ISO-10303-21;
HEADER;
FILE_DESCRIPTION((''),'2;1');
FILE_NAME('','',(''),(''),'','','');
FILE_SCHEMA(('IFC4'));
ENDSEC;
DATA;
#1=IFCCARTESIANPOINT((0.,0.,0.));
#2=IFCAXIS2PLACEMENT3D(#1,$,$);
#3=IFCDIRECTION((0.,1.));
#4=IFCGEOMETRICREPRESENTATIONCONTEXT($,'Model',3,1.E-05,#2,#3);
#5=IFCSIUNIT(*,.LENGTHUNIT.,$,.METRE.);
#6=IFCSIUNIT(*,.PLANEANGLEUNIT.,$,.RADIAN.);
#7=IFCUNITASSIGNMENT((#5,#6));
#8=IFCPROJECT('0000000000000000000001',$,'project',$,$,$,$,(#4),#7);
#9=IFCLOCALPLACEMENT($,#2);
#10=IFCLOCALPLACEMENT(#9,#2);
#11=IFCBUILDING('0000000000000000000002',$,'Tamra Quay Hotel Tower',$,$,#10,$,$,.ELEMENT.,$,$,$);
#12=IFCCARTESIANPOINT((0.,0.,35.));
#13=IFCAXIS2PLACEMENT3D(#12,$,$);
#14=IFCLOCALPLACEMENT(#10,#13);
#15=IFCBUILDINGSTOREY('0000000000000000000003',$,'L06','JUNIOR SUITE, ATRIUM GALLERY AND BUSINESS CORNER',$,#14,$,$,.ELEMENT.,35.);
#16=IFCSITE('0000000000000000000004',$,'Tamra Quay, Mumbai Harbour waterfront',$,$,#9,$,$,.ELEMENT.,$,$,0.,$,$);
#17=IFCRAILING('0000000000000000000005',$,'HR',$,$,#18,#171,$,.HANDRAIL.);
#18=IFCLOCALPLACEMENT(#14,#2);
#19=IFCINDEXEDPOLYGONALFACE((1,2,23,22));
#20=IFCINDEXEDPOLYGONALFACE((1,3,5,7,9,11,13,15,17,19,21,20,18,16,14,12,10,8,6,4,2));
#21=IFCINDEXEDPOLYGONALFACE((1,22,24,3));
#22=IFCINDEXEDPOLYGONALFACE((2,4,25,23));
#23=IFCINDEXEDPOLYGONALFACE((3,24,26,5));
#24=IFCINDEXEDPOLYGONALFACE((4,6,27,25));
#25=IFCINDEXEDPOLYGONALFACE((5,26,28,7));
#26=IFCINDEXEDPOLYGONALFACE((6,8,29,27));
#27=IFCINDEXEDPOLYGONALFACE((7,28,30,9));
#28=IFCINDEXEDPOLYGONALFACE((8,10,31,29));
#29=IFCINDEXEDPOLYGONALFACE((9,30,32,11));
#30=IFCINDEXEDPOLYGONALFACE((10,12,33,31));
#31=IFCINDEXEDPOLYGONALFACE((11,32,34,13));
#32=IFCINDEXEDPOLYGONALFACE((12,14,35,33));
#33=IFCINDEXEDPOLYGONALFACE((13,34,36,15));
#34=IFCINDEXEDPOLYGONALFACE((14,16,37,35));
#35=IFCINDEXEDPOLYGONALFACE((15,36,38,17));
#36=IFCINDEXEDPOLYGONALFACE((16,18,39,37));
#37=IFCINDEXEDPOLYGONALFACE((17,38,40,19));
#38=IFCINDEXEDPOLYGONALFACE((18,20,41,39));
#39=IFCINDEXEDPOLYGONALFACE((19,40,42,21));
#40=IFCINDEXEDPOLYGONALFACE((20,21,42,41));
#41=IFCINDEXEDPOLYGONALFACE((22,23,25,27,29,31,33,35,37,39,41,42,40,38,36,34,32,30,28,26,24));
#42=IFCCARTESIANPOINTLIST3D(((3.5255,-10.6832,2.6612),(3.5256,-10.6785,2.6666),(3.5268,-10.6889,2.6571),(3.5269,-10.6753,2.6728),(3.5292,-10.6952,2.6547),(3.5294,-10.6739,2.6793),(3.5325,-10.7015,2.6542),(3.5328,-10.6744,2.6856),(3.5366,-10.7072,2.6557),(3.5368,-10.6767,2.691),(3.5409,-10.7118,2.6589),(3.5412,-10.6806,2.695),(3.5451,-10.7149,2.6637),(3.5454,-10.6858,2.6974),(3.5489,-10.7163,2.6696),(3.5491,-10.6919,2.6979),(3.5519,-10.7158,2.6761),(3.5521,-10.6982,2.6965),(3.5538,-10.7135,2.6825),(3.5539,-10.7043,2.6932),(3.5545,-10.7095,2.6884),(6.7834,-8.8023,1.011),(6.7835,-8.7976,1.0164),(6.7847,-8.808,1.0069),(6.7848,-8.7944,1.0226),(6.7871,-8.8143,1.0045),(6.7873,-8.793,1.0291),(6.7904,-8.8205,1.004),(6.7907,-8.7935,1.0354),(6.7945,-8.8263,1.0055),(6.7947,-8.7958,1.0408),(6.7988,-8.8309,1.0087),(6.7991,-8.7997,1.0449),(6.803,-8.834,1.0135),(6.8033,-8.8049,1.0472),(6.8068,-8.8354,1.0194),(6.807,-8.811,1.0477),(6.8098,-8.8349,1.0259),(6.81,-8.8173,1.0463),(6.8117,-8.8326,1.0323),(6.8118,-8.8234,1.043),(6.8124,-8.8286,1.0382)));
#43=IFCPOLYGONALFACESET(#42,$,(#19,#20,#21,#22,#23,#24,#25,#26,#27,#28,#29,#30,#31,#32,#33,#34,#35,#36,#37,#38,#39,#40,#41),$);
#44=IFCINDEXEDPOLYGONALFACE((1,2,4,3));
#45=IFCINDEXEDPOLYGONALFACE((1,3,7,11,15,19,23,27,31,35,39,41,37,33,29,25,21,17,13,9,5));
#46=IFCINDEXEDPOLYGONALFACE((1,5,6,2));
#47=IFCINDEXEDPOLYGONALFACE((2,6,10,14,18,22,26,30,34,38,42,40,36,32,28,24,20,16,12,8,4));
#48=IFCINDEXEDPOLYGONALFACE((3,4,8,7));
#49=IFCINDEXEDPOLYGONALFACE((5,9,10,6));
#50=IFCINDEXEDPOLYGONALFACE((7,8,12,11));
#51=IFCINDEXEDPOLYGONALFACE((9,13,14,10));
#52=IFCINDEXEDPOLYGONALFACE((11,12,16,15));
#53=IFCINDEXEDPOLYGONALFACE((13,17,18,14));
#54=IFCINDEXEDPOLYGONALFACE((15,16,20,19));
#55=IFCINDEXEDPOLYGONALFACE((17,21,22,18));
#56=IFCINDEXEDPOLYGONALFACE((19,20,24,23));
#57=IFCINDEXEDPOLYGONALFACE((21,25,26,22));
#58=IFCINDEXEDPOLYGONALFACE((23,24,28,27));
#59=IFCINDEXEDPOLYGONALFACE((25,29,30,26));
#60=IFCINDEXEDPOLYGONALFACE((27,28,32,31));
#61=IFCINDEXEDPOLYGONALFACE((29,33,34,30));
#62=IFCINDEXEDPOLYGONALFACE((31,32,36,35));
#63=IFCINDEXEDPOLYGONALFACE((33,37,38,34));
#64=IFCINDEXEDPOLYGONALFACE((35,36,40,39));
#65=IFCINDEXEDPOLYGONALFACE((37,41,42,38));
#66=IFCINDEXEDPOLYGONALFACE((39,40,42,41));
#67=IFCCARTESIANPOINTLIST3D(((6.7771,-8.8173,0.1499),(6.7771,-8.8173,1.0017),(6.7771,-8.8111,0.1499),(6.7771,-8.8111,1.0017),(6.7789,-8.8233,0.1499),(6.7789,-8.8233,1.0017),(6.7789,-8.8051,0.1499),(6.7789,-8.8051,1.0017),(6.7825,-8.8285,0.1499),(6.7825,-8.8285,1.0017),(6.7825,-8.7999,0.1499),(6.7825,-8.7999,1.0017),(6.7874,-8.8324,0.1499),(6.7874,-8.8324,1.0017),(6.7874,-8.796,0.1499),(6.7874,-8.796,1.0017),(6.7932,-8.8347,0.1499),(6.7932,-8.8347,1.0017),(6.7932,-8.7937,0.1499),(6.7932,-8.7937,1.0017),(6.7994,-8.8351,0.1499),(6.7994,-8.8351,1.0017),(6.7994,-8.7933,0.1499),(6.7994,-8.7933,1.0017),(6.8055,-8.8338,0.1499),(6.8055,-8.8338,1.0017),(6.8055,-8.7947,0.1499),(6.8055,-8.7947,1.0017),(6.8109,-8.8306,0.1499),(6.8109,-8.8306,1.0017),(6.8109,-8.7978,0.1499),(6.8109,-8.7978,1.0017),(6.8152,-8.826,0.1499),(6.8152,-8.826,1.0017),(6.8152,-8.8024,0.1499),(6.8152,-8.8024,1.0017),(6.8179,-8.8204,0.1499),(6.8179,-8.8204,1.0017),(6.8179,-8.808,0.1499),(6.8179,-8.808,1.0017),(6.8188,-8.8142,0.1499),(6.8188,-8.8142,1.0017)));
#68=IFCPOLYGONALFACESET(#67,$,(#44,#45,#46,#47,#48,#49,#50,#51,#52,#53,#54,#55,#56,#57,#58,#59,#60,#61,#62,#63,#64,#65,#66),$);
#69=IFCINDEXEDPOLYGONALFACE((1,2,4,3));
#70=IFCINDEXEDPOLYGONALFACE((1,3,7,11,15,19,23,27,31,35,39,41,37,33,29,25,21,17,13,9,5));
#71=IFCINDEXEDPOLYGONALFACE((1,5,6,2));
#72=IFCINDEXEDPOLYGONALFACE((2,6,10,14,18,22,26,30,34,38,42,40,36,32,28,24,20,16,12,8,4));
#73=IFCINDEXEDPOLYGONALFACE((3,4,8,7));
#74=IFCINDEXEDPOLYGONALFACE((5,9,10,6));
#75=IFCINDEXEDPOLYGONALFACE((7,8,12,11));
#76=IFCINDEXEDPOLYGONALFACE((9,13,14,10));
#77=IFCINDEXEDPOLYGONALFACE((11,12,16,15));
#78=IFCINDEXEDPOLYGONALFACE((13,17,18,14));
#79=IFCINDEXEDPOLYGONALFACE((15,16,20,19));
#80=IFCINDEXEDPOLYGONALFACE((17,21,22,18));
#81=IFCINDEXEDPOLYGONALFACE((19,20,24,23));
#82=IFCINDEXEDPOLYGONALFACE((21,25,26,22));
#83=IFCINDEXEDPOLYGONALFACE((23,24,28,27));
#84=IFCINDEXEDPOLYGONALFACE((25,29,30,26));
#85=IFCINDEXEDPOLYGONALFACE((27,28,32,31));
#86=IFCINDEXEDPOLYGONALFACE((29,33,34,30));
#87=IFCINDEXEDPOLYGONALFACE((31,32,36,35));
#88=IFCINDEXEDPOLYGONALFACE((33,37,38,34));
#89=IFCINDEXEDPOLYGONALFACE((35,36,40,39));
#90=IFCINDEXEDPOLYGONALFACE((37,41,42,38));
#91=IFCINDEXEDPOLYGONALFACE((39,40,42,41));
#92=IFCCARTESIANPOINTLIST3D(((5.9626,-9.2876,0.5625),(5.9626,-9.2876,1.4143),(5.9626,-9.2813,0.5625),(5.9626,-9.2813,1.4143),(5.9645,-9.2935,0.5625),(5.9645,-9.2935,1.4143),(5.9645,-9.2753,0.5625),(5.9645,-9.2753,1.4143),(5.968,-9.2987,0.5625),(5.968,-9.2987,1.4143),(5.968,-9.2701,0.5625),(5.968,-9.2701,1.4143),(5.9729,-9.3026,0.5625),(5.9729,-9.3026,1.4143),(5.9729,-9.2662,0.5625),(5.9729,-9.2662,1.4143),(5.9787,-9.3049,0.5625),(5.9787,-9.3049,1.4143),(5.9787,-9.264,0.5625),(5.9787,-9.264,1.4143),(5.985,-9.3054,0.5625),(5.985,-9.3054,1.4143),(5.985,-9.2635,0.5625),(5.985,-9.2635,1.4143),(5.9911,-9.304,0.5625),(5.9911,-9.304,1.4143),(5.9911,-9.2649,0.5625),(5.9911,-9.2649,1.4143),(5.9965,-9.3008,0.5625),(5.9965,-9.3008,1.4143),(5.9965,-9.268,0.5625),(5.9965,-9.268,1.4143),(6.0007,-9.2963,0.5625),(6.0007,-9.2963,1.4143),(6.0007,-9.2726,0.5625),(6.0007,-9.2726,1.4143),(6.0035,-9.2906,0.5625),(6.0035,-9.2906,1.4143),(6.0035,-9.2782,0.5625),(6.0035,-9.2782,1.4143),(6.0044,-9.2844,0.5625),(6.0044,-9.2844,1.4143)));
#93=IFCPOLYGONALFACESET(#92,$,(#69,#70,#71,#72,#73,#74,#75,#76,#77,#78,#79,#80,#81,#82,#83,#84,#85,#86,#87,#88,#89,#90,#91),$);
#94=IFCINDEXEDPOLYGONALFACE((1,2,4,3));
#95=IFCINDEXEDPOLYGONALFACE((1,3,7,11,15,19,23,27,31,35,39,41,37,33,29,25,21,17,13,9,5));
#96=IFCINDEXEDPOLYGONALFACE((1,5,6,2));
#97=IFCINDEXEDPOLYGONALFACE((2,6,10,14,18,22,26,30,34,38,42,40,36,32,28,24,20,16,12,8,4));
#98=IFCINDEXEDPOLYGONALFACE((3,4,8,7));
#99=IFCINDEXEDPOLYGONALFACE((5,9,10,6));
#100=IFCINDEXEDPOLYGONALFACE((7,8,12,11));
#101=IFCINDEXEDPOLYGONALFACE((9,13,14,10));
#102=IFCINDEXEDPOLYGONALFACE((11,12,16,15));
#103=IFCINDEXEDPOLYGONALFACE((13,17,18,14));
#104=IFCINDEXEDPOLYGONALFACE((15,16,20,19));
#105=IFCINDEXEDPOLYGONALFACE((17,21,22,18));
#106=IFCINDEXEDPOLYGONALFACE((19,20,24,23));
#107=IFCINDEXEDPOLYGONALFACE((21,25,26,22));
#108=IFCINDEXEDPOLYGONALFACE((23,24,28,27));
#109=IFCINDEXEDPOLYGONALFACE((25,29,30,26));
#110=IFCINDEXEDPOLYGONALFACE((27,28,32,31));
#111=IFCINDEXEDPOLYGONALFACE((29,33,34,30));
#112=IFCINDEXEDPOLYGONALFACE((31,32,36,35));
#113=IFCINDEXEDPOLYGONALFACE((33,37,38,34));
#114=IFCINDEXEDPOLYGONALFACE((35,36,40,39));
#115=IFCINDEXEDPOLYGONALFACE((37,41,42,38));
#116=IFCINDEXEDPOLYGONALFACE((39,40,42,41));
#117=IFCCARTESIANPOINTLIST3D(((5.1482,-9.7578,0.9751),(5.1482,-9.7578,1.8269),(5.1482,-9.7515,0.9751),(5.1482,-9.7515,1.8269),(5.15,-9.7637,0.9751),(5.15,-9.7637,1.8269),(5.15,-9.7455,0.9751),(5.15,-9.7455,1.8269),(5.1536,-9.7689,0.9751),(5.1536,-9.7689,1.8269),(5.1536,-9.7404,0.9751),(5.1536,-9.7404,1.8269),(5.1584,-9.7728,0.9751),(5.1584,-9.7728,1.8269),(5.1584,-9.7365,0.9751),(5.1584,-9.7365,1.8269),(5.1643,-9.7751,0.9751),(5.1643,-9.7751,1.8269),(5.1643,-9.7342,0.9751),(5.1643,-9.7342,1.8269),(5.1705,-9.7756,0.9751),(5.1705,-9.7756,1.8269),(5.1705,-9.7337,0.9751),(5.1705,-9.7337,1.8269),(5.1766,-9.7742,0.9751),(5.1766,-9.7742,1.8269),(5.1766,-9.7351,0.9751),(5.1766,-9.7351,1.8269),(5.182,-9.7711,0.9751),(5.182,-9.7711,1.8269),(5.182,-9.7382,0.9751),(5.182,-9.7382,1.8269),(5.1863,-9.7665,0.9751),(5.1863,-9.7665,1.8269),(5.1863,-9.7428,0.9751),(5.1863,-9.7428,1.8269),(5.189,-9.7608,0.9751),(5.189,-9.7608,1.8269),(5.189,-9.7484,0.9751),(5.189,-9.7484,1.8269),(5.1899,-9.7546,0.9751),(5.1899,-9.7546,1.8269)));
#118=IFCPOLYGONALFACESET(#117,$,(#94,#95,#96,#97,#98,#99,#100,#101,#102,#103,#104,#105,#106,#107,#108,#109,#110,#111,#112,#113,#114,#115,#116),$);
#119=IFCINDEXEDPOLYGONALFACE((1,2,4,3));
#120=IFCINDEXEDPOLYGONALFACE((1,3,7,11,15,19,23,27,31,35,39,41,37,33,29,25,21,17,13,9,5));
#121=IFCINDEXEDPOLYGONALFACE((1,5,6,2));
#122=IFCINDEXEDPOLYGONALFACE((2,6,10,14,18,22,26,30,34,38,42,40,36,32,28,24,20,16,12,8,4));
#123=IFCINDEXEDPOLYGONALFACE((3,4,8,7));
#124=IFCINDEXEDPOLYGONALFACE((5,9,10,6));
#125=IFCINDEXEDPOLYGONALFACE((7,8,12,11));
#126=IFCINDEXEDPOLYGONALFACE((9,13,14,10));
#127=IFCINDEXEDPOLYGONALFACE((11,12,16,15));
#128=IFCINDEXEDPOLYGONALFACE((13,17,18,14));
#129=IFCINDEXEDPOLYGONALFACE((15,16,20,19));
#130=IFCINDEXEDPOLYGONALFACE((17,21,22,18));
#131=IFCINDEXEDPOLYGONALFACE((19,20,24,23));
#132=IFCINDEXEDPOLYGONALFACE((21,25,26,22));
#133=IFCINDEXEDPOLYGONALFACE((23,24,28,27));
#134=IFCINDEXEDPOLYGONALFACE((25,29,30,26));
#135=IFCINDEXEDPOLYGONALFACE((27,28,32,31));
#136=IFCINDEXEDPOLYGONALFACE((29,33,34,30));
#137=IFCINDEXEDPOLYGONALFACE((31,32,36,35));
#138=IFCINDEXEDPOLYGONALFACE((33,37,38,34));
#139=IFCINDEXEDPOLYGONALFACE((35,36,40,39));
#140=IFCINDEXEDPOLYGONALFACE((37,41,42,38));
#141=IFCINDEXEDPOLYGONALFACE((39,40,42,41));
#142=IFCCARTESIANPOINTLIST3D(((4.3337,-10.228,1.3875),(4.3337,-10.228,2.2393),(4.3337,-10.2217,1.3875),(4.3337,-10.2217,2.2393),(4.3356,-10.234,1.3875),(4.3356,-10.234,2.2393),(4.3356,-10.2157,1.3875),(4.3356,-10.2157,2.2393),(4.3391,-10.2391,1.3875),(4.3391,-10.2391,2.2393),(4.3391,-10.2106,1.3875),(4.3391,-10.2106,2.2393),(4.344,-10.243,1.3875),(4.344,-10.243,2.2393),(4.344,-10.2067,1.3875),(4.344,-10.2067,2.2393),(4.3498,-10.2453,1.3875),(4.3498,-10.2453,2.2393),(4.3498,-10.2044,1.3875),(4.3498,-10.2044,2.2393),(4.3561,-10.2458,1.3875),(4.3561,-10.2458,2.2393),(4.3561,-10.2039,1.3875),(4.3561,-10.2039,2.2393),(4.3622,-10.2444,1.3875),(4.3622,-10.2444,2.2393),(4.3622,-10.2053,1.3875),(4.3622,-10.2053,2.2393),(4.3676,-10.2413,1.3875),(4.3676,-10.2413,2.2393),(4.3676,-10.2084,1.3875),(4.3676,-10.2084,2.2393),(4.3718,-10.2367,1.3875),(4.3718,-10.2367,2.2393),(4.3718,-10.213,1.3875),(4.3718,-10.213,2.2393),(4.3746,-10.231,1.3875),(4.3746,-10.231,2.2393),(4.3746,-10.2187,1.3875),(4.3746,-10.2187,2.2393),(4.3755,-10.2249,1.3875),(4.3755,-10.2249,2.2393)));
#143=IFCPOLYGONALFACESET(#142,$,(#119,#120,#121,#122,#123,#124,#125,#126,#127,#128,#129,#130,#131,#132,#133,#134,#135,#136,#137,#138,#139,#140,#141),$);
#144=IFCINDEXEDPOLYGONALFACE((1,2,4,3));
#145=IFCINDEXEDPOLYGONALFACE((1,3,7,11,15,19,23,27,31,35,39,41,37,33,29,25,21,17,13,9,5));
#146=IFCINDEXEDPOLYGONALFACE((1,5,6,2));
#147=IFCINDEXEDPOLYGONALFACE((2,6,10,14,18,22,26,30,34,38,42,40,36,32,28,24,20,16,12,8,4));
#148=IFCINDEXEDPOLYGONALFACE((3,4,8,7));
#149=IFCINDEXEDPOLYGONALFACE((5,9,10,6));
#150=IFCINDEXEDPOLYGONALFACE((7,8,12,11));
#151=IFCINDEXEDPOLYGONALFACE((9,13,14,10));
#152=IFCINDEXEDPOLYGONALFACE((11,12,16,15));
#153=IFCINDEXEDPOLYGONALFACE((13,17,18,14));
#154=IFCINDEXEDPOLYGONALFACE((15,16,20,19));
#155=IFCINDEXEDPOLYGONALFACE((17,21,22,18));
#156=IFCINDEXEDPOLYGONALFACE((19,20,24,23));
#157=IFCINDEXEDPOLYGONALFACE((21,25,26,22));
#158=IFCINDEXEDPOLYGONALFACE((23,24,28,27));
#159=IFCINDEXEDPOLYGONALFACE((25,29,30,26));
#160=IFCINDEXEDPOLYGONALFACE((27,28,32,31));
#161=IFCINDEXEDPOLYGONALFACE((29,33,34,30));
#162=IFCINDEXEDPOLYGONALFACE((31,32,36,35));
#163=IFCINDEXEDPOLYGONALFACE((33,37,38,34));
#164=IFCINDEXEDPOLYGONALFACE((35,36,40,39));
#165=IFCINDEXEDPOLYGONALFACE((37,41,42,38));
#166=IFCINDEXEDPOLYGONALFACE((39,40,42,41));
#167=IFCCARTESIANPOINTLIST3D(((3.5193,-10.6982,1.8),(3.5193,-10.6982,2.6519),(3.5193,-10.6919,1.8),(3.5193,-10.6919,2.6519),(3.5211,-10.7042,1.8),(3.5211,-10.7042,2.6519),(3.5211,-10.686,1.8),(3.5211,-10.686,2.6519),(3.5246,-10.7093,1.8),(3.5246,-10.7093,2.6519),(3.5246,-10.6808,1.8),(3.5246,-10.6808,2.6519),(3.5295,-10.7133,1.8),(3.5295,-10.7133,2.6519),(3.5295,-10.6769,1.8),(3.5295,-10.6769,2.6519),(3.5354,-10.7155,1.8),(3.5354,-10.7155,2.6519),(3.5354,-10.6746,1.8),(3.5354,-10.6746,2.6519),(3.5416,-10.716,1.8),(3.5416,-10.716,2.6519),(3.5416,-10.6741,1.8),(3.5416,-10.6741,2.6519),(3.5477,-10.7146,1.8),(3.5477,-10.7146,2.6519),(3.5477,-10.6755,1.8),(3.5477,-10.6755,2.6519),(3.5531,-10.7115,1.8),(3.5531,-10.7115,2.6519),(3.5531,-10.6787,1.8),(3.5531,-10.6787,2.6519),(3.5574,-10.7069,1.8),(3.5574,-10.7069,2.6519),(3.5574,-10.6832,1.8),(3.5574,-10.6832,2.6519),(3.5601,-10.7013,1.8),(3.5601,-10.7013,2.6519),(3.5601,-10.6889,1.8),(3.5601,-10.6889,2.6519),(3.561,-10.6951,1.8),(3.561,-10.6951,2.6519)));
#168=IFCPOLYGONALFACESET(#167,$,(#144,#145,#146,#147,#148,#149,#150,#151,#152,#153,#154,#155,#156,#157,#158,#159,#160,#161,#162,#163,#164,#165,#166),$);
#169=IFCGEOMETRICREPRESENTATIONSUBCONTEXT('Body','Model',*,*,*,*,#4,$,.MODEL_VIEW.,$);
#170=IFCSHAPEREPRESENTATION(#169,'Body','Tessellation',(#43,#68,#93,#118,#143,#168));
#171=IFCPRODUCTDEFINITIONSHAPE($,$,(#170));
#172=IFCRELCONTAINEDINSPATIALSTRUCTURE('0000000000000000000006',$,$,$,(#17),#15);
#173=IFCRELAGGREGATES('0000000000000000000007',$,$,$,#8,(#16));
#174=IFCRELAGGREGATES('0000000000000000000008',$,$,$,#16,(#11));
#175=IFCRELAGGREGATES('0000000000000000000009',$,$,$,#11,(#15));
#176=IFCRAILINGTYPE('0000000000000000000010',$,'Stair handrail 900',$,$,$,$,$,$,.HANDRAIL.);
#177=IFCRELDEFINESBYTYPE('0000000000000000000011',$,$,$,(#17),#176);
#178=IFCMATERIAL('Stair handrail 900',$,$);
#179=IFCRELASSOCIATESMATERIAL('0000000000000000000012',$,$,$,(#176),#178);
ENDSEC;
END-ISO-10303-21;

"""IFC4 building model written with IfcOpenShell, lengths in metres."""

from ifc_helpers import new_model, si_unit, direction, frame, origin, origin_2d, place, context, subcontext, project, spatial, circle, extrude, material, type_object, element, save


model = new_model("IFC4")

# Units and contexts
model_context = context("Model", 3, precision=1e-05, world=origin(), true_north=direction((0.0, 1.0)))
body_context = subcontext(model_context, "Body", "Model", "MODEL_VIEW")
ifc_project = project(units=[si_unit("LENGTHUNIT", "METRE"), si_unit("PLANEANGLEUNIT", "RADIAN")], contexts=[model_context])

# Site, building, storey
site_placement = place(None, origin())
site = spatial("IfcSite", under=ifc_project, at=site_placement, Name="Tamra Quay, Mumbai Harbour waterfront", CompositionType="ELEMENT", RefElevation=0.0)
building_placement = place(site_placement, origin())
building = spatial("IfcBuilding", under=site, at=building_placement, Name="Tamra Quay Hotel Tower", CompositionType="ELEMENT")
storey_placement = place(building_placement, frame((0.0, 0.0, 35.0)))
storey = spatial("IfcBuildingStorey", under=building, at=storey_placement, Name="L06", Description="JUNIOR SUITE, ATRIUM GALLERY AND BUSINESS CORNER", CompositionType="ELEMENT", Elevation=35.0)

# Railing
ifc_material_1 = material(Name="Stair handrail 900")
railing_type_1 = type_object("IfcRailingType", Name="Stair handrail 900", PredefinedType="HANDRAIL", material=ifc_material_1)
railing_1_placement = place(storey_placement, frame((6.7979, -8.8142, 0.1499)))
element("IfcRailing", 1, at=railing_1_placement, inside=storey, type_object=railing_type_1, Name="HR", PredefinedType="HANDRAIL", context=body_context, shape_type="SweptSolid", body=[
    extrude(circle(Radius=0.0239, at=origin_2d()), frame((0.0, 0.0, 0.876), z_axis=(-0.793081, -0.457876, 0.401711), x_axis=(0.499992, -0.86603, 0.0)), (0.0, 0.0, 1.0), 4.1079),
    extrude(circle(Radius=0.021, at=origin_2d()), origin(), (0.0, 0.0, 1.0), 0.8518),
    extrude(circle(Radius=0.021, at=origin_2d()), frame((-0.8145, -0.4702, 0.4126)), (0.0, 0.0, 1.0), 0.8518),
    extrude(circle(Radius=0.021, at=origin_2d()), frame((-1.6289, -0.9404, 0.8252)), (0.0, 0.0, 1.0), 0.8518),
    extrude(circle(Radius=0.021, at=origin_2d()), frame((-2.4434, -1.4106, 1.2375)), (0.0, 0.0, 1.0), 0.8518),
    extrude(circle(Radius=0.021, at=origin_2d()), frame((-3.2578, -1.8809, 1.6501)), (0.0, 0.0, 1.0), 0.8518),
])

save(model, "model.ifc")
